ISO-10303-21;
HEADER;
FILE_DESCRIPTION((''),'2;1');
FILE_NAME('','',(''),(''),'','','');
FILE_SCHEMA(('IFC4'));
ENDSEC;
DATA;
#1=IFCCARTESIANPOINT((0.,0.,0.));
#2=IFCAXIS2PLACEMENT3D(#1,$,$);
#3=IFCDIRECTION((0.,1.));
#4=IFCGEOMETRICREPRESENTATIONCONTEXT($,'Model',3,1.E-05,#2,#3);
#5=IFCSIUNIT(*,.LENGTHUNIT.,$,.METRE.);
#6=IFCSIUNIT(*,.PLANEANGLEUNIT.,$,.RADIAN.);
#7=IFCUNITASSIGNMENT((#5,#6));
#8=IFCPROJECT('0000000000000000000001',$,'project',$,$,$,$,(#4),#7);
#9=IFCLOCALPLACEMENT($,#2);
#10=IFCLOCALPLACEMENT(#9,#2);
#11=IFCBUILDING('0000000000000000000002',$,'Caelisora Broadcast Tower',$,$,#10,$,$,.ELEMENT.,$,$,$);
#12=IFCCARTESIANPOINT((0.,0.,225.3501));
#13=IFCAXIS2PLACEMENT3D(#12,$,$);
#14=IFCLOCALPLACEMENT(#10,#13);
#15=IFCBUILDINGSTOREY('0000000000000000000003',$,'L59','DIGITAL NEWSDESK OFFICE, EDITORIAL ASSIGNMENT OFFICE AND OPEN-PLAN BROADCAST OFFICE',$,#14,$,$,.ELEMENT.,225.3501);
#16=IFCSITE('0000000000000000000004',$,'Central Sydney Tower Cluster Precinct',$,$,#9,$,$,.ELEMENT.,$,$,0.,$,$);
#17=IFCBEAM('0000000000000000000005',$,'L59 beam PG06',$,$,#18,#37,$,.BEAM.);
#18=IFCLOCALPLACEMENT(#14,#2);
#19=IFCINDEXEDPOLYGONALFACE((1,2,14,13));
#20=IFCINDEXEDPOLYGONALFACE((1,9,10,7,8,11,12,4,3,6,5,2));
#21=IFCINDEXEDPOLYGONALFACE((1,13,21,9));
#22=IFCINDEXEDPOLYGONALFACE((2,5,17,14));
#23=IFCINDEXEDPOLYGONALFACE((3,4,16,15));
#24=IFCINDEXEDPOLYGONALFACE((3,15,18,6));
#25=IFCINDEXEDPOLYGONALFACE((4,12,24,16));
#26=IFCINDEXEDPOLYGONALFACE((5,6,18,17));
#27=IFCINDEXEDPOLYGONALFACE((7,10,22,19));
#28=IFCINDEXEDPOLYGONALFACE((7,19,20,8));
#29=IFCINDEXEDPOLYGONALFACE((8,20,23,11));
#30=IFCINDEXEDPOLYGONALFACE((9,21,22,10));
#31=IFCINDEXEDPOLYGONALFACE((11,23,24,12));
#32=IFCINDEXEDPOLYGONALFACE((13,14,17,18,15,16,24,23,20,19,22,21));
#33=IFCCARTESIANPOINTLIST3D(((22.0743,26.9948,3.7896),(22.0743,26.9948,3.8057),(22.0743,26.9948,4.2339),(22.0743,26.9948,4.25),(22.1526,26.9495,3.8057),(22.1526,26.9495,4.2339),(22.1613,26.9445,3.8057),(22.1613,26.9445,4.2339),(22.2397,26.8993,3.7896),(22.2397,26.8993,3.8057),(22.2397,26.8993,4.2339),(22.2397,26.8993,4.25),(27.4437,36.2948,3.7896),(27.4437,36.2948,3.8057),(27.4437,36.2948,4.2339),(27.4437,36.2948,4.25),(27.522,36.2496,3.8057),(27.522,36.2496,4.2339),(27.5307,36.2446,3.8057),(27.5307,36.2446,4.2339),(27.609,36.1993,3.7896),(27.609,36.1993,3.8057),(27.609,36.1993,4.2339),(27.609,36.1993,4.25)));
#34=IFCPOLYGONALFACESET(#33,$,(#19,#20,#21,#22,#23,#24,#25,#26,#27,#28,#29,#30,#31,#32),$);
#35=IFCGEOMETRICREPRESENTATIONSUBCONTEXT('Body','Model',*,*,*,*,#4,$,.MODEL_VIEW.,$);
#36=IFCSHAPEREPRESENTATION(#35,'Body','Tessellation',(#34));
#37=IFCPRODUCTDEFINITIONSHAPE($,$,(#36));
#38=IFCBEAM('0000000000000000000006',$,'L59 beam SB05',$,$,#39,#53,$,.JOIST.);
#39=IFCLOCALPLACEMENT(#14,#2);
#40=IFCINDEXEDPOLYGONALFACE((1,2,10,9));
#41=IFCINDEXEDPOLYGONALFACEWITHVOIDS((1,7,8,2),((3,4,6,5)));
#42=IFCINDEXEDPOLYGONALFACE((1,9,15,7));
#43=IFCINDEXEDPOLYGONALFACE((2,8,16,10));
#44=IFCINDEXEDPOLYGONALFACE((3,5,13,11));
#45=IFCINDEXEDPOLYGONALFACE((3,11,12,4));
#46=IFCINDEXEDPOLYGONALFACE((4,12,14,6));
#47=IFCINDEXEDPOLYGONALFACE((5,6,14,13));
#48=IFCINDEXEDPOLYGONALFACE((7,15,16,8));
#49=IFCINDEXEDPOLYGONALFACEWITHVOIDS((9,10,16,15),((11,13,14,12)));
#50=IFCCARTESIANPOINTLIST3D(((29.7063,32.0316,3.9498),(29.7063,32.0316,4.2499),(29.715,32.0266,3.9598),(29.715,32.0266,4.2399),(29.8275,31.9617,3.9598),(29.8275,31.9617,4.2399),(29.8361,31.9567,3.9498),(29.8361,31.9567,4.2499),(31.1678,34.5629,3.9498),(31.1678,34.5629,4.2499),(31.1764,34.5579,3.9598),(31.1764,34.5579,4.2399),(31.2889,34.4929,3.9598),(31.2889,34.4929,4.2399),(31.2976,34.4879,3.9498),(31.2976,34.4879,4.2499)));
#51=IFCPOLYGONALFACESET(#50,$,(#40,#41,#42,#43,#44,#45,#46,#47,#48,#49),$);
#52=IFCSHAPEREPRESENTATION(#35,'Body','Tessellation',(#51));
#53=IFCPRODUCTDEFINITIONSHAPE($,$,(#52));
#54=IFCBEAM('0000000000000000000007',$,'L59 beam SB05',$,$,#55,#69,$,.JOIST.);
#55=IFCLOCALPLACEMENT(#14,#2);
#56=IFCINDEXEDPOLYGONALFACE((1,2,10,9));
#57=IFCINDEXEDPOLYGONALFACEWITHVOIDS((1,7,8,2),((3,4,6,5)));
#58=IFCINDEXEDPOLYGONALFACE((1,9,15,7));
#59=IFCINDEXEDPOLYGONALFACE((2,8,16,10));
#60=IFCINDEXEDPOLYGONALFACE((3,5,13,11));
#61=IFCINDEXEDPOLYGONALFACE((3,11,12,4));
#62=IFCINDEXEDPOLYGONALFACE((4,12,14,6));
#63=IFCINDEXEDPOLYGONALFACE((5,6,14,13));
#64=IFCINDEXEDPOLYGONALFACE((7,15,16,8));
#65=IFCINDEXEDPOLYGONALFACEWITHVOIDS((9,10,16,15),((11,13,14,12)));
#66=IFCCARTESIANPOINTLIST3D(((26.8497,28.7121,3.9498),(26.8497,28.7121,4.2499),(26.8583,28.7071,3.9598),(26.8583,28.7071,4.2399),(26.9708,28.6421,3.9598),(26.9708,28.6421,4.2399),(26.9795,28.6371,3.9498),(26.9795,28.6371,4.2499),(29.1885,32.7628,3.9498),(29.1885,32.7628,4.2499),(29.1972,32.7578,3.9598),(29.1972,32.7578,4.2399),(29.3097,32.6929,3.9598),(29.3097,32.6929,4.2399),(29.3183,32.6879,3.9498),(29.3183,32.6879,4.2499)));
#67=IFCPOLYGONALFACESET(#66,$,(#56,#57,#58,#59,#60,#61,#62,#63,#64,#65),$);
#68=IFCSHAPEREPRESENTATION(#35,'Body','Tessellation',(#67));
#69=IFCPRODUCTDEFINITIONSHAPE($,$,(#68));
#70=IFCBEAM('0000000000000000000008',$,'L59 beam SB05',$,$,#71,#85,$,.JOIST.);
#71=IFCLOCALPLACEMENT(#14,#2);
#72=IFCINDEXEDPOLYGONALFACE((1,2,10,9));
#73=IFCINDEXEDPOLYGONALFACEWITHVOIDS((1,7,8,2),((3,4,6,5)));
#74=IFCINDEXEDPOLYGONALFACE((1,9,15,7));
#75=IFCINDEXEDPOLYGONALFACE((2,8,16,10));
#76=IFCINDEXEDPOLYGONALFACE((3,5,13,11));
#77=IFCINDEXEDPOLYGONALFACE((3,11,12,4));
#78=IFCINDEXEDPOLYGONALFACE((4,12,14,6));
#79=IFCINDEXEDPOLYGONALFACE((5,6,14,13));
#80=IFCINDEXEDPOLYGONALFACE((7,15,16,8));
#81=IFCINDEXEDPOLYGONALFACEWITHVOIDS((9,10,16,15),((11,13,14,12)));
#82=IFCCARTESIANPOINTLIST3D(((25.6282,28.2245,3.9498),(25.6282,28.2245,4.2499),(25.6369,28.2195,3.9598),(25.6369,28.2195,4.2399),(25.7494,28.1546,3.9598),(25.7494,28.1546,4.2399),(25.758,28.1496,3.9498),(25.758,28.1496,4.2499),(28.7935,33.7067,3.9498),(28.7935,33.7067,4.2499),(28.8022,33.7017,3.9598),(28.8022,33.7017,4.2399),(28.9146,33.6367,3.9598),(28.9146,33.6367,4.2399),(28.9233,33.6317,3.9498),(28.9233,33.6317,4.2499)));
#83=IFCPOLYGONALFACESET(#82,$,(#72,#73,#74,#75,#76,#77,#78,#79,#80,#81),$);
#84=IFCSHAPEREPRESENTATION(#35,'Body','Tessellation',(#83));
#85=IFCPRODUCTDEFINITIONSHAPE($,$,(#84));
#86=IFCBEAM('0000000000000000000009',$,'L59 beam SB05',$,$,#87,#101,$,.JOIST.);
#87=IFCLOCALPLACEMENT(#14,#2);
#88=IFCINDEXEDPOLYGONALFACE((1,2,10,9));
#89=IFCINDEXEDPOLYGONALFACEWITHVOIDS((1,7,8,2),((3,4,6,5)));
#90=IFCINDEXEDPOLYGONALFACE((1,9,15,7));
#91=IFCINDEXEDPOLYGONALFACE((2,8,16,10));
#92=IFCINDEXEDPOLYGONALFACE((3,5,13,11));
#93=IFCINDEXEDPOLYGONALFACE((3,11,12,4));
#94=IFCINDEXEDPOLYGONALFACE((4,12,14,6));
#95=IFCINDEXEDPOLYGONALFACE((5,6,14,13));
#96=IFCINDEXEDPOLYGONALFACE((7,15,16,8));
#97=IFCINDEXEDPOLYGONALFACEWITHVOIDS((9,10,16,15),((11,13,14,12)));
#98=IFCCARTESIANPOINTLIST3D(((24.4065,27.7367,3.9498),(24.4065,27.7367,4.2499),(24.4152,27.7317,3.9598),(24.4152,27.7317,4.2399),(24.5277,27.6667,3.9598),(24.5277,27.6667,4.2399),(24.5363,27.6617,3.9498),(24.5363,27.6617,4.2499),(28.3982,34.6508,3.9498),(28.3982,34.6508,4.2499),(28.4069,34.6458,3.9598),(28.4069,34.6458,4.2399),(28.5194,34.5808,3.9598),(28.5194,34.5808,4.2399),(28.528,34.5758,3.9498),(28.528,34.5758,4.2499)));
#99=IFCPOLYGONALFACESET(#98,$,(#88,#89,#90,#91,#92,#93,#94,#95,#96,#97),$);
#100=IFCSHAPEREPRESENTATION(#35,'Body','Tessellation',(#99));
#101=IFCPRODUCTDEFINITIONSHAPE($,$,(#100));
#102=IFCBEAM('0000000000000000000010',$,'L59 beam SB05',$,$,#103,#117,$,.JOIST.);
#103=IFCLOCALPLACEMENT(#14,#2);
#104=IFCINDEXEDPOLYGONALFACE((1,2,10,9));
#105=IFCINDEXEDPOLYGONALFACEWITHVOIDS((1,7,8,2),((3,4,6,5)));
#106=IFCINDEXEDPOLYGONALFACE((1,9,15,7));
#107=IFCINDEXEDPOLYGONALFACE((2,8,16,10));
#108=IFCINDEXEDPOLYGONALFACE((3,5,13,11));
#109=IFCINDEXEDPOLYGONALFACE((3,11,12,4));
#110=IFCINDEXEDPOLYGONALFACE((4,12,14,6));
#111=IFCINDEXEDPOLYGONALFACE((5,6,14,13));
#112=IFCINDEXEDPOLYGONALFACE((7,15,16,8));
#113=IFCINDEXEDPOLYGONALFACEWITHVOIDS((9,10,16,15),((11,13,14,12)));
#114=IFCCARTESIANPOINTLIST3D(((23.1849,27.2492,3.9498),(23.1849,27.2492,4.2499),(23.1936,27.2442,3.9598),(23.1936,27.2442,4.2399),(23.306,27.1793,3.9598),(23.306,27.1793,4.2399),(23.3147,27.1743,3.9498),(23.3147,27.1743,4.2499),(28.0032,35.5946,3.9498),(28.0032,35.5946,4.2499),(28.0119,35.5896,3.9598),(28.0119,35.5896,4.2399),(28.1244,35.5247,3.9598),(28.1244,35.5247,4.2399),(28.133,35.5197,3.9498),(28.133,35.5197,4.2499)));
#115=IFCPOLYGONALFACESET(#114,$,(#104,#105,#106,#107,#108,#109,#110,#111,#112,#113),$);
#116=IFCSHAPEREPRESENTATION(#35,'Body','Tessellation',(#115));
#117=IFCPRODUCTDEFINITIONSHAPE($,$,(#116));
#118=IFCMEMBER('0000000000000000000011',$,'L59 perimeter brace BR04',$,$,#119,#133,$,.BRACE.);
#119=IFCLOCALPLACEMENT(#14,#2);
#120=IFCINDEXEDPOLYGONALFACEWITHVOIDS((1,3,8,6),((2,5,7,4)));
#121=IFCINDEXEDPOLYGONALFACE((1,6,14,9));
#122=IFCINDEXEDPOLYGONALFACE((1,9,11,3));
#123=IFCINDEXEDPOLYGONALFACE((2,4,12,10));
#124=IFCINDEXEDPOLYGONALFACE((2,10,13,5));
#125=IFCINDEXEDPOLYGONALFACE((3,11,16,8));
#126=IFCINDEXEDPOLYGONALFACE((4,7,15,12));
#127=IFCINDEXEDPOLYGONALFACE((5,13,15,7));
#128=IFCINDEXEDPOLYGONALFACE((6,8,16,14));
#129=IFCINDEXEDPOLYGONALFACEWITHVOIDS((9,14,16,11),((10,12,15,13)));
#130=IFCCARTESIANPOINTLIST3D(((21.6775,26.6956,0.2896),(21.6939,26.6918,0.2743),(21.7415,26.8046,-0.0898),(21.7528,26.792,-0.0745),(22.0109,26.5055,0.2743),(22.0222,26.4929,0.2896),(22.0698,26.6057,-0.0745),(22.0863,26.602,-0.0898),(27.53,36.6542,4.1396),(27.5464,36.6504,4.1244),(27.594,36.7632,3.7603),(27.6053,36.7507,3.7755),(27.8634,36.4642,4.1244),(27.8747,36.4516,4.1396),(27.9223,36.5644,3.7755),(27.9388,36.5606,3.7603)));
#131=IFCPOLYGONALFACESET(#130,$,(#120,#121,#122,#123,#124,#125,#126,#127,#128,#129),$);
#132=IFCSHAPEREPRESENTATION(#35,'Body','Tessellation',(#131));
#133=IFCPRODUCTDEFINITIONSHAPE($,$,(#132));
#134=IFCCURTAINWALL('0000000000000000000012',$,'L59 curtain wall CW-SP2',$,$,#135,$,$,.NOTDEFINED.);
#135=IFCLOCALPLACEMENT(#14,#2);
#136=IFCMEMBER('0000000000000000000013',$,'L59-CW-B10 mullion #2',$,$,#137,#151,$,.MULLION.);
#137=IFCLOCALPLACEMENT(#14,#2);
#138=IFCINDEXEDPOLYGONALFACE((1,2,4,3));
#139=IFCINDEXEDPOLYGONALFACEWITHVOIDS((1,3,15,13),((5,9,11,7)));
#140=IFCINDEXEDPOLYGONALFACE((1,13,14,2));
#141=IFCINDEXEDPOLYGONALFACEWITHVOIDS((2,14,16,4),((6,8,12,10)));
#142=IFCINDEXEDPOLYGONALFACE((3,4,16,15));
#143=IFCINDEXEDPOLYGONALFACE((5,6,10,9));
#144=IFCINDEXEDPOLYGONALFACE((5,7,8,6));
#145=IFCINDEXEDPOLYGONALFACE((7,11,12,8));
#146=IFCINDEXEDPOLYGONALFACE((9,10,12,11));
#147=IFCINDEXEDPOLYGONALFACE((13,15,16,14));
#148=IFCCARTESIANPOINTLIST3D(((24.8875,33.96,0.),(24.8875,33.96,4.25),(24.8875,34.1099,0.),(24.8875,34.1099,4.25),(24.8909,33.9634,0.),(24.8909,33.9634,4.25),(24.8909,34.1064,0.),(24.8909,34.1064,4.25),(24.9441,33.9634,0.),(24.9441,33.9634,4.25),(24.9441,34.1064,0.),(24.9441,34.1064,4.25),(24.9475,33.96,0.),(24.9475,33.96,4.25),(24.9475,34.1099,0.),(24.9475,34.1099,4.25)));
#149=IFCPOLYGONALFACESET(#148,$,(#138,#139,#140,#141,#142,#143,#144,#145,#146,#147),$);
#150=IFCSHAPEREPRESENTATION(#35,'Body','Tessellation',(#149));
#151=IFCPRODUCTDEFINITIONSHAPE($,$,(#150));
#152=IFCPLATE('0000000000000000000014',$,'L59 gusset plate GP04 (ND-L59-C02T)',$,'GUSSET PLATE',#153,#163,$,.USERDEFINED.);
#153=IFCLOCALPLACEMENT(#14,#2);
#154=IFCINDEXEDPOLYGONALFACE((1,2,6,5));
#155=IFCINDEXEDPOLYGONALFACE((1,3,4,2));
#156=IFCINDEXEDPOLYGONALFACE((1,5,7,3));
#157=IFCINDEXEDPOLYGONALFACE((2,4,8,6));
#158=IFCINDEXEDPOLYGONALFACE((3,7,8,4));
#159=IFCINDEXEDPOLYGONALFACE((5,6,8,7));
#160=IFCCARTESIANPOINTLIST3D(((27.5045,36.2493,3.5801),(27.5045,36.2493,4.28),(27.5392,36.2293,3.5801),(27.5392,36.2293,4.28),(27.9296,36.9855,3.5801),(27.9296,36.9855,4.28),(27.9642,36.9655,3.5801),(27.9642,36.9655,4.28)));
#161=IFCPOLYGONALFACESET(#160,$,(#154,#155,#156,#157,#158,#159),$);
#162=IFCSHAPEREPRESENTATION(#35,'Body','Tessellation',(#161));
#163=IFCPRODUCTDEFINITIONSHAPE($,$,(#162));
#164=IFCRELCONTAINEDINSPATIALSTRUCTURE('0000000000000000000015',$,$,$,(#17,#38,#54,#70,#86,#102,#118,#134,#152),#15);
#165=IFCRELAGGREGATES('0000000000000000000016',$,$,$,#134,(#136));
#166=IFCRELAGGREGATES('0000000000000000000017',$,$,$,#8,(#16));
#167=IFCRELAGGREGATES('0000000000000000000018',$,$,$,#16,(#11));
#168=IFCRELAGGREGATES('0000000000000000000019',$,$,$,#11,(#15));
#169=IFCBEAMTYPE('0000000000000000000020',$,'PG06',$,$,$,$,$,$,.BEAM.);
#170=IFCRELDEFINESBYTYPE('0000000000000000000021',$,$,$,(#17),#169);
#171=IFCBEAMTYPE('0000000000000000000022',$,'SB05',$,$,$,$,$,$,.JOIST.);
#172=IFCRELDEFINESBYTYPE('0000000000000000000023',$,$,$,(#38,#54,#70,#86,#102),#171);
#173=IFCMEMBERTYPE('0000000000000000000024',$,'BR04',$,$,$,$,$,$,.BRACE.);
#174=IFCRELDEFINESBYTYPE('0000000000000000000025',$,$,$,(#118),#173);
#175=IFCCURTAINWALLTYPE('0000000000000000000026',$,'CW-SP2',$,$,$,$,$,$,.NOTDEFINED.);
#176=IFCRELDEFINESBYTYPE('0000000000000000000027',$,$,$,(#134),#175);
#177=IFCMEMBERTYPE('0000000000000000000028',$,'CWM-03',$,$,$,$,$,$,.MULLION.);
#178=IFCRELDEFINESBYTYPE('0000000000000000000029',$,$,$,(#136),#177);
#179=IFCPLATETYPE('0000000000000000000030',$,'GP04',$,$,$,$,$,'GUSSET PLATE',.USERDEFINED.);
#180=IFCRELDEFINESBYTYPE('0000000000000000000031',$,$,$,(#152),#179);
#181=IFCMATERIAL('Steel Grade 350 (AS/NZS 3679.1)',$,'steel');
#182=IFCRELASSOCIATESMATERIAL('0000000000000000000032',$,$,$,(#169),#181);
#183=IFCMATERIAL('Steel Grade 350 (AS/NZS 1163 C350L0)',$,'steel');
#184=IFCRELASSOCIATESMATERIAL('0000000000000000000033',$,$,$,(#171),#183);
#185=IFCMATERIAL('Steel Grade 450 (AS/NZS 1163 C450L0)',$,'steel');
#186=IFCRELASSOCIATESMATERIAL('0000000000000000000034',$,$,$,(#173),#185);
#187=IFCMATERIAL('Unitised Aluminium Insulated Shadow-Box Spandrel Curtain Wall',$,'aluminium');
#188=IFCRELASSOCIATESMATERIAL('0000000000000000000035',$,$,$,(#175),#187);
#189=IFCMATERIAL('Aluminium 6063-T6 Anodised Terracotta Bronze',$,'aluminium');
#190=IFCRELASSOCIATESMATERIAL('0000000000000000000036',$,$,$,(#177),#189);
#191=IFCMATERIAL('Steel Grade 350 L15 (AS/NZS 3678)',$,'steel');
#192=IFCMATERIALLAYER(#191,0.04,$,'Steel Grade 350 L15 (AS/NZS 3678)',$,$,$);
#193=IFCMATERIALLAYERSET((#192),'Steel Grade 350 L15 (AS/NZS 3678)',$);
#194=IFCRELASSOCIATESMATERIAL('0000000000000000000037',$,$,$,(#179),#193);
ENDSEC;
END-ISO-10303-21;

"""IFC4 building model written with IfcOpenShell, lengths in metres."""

from ifc_helpers import new_model, si_unit, direction, frame, origin, origin_2d, place, context, subcontext, project, spatial, rectangle, hollow_rectangle, i_section, extrude, source, transform, mapped, material, layer, layer_set, material_profile, profile_set, type_object, type_shapes, element, aggregate, save


model = new_model("IFC4")

# Units and contexts
model_context = context("Model", 3, precision=1e-05, world=origin(), true_north=direction((0.0, 1.0)))
body_context = subcontext(model_context, "Body", "Model", "MODEL_VIEW")
ifc_project = project(units=[si_unit("LENGTHUNIT", "METRE"), si_unit("PLANEANGLEUNIT", "RADIAN")], contexts=[model_context])

# Site, building, storey
site_placement = place(None, origin())
site = spatial("IfcSite", under=ifc_project, at=site_placement, Name="Central Sydney Tower Cluster Precinct", CompositionType="ELEMENT", RefElevation=0.0)
building_placement = place(site_placement, origin())
building = spatial("IfcBuilding", under=site, at=building_placement, Name="Caelisora Broadcast Tower", CompositionType="ELEMENT")
storey_placement = place(building_placement, frame((0.0, 0.0, 225.3501)))
storey = spatial("IfcBuildingStorey", under=building, at=storey_placement, Name="L59", Description="DIGITAL NEWSDESK OFFICE, EDITORIAL ASSIGNMENT OFFICE AND OPEN-PLAN BROADCAST OFFICE", CompositionType="ELEMENT", Elevation=225.3501)

# Beams
ifc_material_1 = material(Name="Steel Grade 350 (AS/NZS 3679.1)", Category="steel")
ifc_material_profile_1 = material_profile(ifc_material_1, i_section(OverallWidth=0.1909, OverallDepth=0.4604, WebThickness=0.01, FlangeThickness=0.0161, at=origin_2d()), Name="Steel Grade 350 (AS/NZS 3679.1)")
ifc_profile_set_1 = profile_set([ifc_material_profile_1], Name="Steel Grade 350 (AS/NZS 3679.1)")
beam_type_1 = type_object("IfcBeamType", Name="PG06", PredefinedType="BEAM", material=ifc_profile_set_1)
shared_shape_1 = source(origin(), body_context, "Body", "SweptSolid", [
    extrude(i_section(OverallWidth=0.1909, OverallDepth=0.4604, WebThickness=0.01, FlangeThickness=0.0161, at=origin_2d()), origin(), (0.0, 0.0, 1.0), 10.7388),
])
type_shapes(beam_type_1, [shared_shape_1])
beam_1_placement = place(storey_placement, frame((27.5264, 36.2471, 4.0198), z_axis=(-0.5, -0.866025, 0.0), x_axis=(0.866025, -0.5, 0.0)))
element("IfcBeam", 1, at=beam_1_placement, inside=storey, type_object=beam_type_1, Name="L59 beam PG06", PredefinedType="BEAM", context=body_context, shape_type="MappedRepresentation", body=[
    mapped(shared_shape_1, transform((0.0, 0.0, 0.0), scale=1.0)),
])
ifc_material_2 = material(Name="Steel Grade 350 (AS/NZS 1163 C350L0)", Category="steel")
ifc_material_profile_2 = material_profile(ifc_material_2, hollow_rectangle(XDim=0.1499, YDim=0.3, WallThickness=0.01, at=origin_2d()), Name="Steel Grade 350 (AS/NZS 1163 C350L0)")
ifc_profile_set_2 = profile_set([ifc_material_profile_2], Name="Steel Grade 350 (AS/NZS 1163 C350L0)")
beam_type_2 = type_object("IfcBeamType", Name="SB05", PredefinedType="JOIST", material=ifc_profile_set_2)
shared_shape_2 = source(origin(), body_context, "Body", "SweptSolid", [
    extrude(hollow_rectangle(XDim=0.1499, YDim=0.3, WallThickness=0.01, at=origin_2d()), origin(), (0.0, 0.0, 1.0), 2.9229),
])
beam_2_placement = place(storey_placement, frame((31.2327, 34.5254, 4.0999), z_axis=(-0.500002, -0.866024, 0.0), x_axis=(0.866024, -0.500002, 0.0)))
element("IfcBeam", 2, at=beam_2_placement, inside=storey, type_object=beam_type_2, Name="L59 beam SB05", PredefinedType="JOIST", context=body_context, shape_type="MappedRepresentation", body=[
    mapped(shared_shape_2, transform((0.0, 0.0, 0.0), scale=1.0)),
])
shared_shape_3 = source(origin(), body_context, "Body", "SweptSolid", [
    extrude(hollow_rectangle(XDim=0.1499, YDim=0.3, WallThickness=0.01, at=origin_2d()), origin(), (0.0, 0.0, 1.0), 4.6775),
])
beam_3_placement = place(storey_placement, frame((29.2534, 32.7253, 4.0999), z_axis=(-0.500024, -0.866012, 0.0), x_axis=(0.866012, -0.500024, 0.0)))
element("IfcBeam", 3, at=beam_3_placement, inside=storey, type_object=beam_type_2, Name="L59 beam SB05", PredefinedType="JOIST", context=body_context, shape_type="MappedRepresentation", body=[
    mapped(shared_shape_3, transform((0.0, 0.0, 0.0), scale=1.0)),
])
shared_shape_4 = source(origin(), body_context, "Body", "SweptSolid", [
    extrude(hollow_rectangle(XDim=0.1499, YDim=0.3, WallThickness=0.01, at=origin_2d()), origin(), (0.0, 0.0, 1.0), 6.3303),
])
beam_4_placement = place(storey_placement, frame((28.8584, 33.6692, 4.0999), z_axis=(-0.500017, -0.866015, 0.0), x_axis=(0.866015, -0.500017, 0.0)))
element("IfcBeam", 4, at=beam_4_placement, inside=storey, type_object=beam_type_2, Name="L59 beam SB05", PredefinedType="JOIST", context=body_context, shape_type="MappedRepresentation", body=[
    mapped(shared_shape_4, transform((0.0, 0.0, 0.0), scale=1.0)),
])
shared_shape_5 = source(origin(), body_context, "Body", "SweptSolid", [
    extrude(hollow_rectangle(XDim=0.1499, YDim=0.3, WallThickness=0.01, at=origin_2d()), origin(), (0.0, 0.0, 1.0), 7.9836),
])
beam_5_placement = place(storey_placement, frame((28.4631, 34.6133, 4.0999), z_axis=(-0.499987, -0.866033, 0.0), x_axis=(0.866033, -0.499987, 0.0)))
element("IfcBeam", 5, at=beam_5_placement, inside=storey, type_object=beam_type_2, Name="L59 beam SB05", PredefinedType="JOIST", context=body_context, shape_type="MappedRepresentation", body=[
    mapped(shared_shape_5, transform((0.0, 0.0, 0.0), scale=1.0)),
])
shared_shape_6 = source(origin(), body_context, "Body", "SweptSolid", [
    extrude(hollow_rectangle(XDim=0.1499, YDim=0.3, WallThickness=0.01, at=origin_2d()), origin(), (0.0, 0.0, 1.0), 9.6365),
])
type_shapes(beam_type_2, [shared_shape_2, shared_shape_3, shared_shape_4, shared_shape_5, shared_shape_6])
beam_6_placement = place(storey_placement, frame((28.0681, 35.5571, 4.0999), z_axis=(-0.500008, -0.866021, 0.0), x_axis=(0.866021, -0.500008, 0.0)))
element("IfcBeam", 6, at=beam_6_placement, inside=storey, type_object=beam_type_2, Name="L59 beam SB05", PredefinedType="JOIST", context=body_context, shape_type="MappedRepresentation", body=[
    mapped(shared_shape_6, transform((0.0, 0.0, 0.0), scale=1.0)),
])

# Member
ifc_material_3 = material(Name="Steel Grade 450 (AS/NZS 1163 C450L0)", Category="steel")
ifc_material_profile_3 = material_profile(ifc_material_3, hollow_rectangle(XDim=0.3999, YDim=0.3999, WallThickness=0.0161, at=origin_2d()), Name="Steel Grade 450 (AS/NZS 1163 C450L0)")
ifc_profile_set_3 = profile_set([ifc_material_profile_3], Name="Steel Grade 450 (AS/NZS 1163 C450L0)")
member_type_1 = type_object("IfcMemberType", Name="BR04", PredefinedType="BRACE", material=ifc_profile_set_3)
shared_shape_7 = source(origin(), body_context, "Body", "SweptSolid", [
    extrude(hollow_rectangle(XDim=0.3999, YDim=0.3999, WallThickness=0.0161, at=origin_2d()), origin(), (0.0, 0.0, 1.0), 12.1758),
])
type_shapes(member_type_1, [shared_shape_7])
member_1_placement = place(storey_placement, frame((27.7344, 36.6074, 3.95), z_axis=(-0.480667, -0.817907, -0.316207), x_axis=(0.862144, -0.506664, 0.0)))
element("IfcMember", 7, at=member_1_placement, inside=storey, type_object=member_type_1, Name="L59 perimeter brace BR04", PredefinedType="BRACE", context=body_context, shape_type="MappedRepresentation", body=[
    mapped(shared_shape_7, transform((0.0, 0.0, 0.0), scale=1.0)),
])

# Curtain wall, member
ifc_material_4 = material(Name="Unitised Aluminium Insulated Shadow-Box Spandrel Curtain Wall", Category="aluminium")
curtain_wall_type = type_object("IfcCurtainWallType", Name="CW-SP2", PredefinedType="NOTDEFINED", material=ifc_material_4)
curtain_wall_placement = place(storey_placement, origin())
curtain_wall = element("IfcCurtainWall", 8, at=curtain_wall_placement, inside=storey, type_object=curtain_wall_type, Name="L59 curtain wall CW-SP2", PredefinedType="NOTDEFINED")
ifc_material_5 = material(Name="Aluminium 6063-T6 Anodised Terracotta Bronze", Category="aluminium")
ifc_material_profile_4 = material_profile(ifc_material_5, hollow_rectangle(XDim=0.0601, YDim=0.1499, WallThickness=0.0034, at=origin_2d()), Name="Aluminium 6063-T6 Anodised Terracotta Bronze")
ifc_profile_set_4 = profile_set([ifc_material_profile_4], Name="Aluminium 6063-T6 Anodised Terracotta Bronze")
member_type_2 = type_object("IfcMemberType", Name="CWM-03", PredefinedType="MULLION", material=ifc_profile_set_4)
shared_shape_8 = source(origin(), body_context, "Body", "SweptSolid", [
    extrude(hollow_rectangle(XDim=0.0601, YDim=0.1499, WallThickness=0.0034, at=origin_2d()), origin(), (0.0, 0.0, 1.0), 4.25),
])
type_shapes(member_type_2, [shared_shape_8])
member_2_placement = place(storey_placement, frame((24.9175, 34.0349, 0.0), z_axis=(0.0, 0.0, 1.0), x_axis=(1.0, 0.0, 0.0)))
member_2 = element("IfcMember", 9, at=member_2_placement, type_object=member_type_2, Name="L59-CW-B10 mullion #2", PredefinedType="MULLION", context=body_context, shape_type="MappedRepresentation", body=[
    mapped(shared_shape_8, transform((0.0, 0.0, 0.0), scale=1.0)),
])

# Plate
ifc_material_6 = material(Name="Steel Grade 350 L15 (AS/NZS 3678)", Category="steel")
ifc_layer_1 = layer(ifc_material_6, 0.04, Name="Steel Grade 350 L15 (AS/NZS 3678)")
ifc_layer_set_1 = layer_set([ifc_layer_1], Name="Steel Grade 350 L15 (AS/NZS 3678)")
plate_type_1 = type_object("IfcPlateType", Name="GP04", ElementType="GUSSET PLATE", PredefinedType="USERDEFINED", material=ifc_layer_set_1)
shared_shape_9 = source(origin(), body_context, "Body", "SweptSolid", [
    extrude(rectangle(XDim=0.8501, YDim=0.04, at=origin_2d()), origin(), (0.0, 0.0, 1.0), 0.7),
])
plate_1_placement = place(storey_placement, frame((27.7344, 36.6074, 3.5801), z_axis=(0.0, 0.0, 1.0), x_axis=(-0.5, -0.866025, 0.0)))
element("IfcPlate", 10, at=plate_1_placement, inside=storey, type_object=plate_type_1, Name="L59 gusset plate GP04 (ND-L59-C02T)", ObjectType="GUSSET PLATE", PredefinedType="USERDEFINED", context=body_context, shape_type="MappedRepresentation", body=[
    mapped(shared_shape_9, transform((0.0, 0.0, 0.0), scale=1.0)),
])

aggregate(curtain_wall, [member_2])

save(model, "model.ifc")
